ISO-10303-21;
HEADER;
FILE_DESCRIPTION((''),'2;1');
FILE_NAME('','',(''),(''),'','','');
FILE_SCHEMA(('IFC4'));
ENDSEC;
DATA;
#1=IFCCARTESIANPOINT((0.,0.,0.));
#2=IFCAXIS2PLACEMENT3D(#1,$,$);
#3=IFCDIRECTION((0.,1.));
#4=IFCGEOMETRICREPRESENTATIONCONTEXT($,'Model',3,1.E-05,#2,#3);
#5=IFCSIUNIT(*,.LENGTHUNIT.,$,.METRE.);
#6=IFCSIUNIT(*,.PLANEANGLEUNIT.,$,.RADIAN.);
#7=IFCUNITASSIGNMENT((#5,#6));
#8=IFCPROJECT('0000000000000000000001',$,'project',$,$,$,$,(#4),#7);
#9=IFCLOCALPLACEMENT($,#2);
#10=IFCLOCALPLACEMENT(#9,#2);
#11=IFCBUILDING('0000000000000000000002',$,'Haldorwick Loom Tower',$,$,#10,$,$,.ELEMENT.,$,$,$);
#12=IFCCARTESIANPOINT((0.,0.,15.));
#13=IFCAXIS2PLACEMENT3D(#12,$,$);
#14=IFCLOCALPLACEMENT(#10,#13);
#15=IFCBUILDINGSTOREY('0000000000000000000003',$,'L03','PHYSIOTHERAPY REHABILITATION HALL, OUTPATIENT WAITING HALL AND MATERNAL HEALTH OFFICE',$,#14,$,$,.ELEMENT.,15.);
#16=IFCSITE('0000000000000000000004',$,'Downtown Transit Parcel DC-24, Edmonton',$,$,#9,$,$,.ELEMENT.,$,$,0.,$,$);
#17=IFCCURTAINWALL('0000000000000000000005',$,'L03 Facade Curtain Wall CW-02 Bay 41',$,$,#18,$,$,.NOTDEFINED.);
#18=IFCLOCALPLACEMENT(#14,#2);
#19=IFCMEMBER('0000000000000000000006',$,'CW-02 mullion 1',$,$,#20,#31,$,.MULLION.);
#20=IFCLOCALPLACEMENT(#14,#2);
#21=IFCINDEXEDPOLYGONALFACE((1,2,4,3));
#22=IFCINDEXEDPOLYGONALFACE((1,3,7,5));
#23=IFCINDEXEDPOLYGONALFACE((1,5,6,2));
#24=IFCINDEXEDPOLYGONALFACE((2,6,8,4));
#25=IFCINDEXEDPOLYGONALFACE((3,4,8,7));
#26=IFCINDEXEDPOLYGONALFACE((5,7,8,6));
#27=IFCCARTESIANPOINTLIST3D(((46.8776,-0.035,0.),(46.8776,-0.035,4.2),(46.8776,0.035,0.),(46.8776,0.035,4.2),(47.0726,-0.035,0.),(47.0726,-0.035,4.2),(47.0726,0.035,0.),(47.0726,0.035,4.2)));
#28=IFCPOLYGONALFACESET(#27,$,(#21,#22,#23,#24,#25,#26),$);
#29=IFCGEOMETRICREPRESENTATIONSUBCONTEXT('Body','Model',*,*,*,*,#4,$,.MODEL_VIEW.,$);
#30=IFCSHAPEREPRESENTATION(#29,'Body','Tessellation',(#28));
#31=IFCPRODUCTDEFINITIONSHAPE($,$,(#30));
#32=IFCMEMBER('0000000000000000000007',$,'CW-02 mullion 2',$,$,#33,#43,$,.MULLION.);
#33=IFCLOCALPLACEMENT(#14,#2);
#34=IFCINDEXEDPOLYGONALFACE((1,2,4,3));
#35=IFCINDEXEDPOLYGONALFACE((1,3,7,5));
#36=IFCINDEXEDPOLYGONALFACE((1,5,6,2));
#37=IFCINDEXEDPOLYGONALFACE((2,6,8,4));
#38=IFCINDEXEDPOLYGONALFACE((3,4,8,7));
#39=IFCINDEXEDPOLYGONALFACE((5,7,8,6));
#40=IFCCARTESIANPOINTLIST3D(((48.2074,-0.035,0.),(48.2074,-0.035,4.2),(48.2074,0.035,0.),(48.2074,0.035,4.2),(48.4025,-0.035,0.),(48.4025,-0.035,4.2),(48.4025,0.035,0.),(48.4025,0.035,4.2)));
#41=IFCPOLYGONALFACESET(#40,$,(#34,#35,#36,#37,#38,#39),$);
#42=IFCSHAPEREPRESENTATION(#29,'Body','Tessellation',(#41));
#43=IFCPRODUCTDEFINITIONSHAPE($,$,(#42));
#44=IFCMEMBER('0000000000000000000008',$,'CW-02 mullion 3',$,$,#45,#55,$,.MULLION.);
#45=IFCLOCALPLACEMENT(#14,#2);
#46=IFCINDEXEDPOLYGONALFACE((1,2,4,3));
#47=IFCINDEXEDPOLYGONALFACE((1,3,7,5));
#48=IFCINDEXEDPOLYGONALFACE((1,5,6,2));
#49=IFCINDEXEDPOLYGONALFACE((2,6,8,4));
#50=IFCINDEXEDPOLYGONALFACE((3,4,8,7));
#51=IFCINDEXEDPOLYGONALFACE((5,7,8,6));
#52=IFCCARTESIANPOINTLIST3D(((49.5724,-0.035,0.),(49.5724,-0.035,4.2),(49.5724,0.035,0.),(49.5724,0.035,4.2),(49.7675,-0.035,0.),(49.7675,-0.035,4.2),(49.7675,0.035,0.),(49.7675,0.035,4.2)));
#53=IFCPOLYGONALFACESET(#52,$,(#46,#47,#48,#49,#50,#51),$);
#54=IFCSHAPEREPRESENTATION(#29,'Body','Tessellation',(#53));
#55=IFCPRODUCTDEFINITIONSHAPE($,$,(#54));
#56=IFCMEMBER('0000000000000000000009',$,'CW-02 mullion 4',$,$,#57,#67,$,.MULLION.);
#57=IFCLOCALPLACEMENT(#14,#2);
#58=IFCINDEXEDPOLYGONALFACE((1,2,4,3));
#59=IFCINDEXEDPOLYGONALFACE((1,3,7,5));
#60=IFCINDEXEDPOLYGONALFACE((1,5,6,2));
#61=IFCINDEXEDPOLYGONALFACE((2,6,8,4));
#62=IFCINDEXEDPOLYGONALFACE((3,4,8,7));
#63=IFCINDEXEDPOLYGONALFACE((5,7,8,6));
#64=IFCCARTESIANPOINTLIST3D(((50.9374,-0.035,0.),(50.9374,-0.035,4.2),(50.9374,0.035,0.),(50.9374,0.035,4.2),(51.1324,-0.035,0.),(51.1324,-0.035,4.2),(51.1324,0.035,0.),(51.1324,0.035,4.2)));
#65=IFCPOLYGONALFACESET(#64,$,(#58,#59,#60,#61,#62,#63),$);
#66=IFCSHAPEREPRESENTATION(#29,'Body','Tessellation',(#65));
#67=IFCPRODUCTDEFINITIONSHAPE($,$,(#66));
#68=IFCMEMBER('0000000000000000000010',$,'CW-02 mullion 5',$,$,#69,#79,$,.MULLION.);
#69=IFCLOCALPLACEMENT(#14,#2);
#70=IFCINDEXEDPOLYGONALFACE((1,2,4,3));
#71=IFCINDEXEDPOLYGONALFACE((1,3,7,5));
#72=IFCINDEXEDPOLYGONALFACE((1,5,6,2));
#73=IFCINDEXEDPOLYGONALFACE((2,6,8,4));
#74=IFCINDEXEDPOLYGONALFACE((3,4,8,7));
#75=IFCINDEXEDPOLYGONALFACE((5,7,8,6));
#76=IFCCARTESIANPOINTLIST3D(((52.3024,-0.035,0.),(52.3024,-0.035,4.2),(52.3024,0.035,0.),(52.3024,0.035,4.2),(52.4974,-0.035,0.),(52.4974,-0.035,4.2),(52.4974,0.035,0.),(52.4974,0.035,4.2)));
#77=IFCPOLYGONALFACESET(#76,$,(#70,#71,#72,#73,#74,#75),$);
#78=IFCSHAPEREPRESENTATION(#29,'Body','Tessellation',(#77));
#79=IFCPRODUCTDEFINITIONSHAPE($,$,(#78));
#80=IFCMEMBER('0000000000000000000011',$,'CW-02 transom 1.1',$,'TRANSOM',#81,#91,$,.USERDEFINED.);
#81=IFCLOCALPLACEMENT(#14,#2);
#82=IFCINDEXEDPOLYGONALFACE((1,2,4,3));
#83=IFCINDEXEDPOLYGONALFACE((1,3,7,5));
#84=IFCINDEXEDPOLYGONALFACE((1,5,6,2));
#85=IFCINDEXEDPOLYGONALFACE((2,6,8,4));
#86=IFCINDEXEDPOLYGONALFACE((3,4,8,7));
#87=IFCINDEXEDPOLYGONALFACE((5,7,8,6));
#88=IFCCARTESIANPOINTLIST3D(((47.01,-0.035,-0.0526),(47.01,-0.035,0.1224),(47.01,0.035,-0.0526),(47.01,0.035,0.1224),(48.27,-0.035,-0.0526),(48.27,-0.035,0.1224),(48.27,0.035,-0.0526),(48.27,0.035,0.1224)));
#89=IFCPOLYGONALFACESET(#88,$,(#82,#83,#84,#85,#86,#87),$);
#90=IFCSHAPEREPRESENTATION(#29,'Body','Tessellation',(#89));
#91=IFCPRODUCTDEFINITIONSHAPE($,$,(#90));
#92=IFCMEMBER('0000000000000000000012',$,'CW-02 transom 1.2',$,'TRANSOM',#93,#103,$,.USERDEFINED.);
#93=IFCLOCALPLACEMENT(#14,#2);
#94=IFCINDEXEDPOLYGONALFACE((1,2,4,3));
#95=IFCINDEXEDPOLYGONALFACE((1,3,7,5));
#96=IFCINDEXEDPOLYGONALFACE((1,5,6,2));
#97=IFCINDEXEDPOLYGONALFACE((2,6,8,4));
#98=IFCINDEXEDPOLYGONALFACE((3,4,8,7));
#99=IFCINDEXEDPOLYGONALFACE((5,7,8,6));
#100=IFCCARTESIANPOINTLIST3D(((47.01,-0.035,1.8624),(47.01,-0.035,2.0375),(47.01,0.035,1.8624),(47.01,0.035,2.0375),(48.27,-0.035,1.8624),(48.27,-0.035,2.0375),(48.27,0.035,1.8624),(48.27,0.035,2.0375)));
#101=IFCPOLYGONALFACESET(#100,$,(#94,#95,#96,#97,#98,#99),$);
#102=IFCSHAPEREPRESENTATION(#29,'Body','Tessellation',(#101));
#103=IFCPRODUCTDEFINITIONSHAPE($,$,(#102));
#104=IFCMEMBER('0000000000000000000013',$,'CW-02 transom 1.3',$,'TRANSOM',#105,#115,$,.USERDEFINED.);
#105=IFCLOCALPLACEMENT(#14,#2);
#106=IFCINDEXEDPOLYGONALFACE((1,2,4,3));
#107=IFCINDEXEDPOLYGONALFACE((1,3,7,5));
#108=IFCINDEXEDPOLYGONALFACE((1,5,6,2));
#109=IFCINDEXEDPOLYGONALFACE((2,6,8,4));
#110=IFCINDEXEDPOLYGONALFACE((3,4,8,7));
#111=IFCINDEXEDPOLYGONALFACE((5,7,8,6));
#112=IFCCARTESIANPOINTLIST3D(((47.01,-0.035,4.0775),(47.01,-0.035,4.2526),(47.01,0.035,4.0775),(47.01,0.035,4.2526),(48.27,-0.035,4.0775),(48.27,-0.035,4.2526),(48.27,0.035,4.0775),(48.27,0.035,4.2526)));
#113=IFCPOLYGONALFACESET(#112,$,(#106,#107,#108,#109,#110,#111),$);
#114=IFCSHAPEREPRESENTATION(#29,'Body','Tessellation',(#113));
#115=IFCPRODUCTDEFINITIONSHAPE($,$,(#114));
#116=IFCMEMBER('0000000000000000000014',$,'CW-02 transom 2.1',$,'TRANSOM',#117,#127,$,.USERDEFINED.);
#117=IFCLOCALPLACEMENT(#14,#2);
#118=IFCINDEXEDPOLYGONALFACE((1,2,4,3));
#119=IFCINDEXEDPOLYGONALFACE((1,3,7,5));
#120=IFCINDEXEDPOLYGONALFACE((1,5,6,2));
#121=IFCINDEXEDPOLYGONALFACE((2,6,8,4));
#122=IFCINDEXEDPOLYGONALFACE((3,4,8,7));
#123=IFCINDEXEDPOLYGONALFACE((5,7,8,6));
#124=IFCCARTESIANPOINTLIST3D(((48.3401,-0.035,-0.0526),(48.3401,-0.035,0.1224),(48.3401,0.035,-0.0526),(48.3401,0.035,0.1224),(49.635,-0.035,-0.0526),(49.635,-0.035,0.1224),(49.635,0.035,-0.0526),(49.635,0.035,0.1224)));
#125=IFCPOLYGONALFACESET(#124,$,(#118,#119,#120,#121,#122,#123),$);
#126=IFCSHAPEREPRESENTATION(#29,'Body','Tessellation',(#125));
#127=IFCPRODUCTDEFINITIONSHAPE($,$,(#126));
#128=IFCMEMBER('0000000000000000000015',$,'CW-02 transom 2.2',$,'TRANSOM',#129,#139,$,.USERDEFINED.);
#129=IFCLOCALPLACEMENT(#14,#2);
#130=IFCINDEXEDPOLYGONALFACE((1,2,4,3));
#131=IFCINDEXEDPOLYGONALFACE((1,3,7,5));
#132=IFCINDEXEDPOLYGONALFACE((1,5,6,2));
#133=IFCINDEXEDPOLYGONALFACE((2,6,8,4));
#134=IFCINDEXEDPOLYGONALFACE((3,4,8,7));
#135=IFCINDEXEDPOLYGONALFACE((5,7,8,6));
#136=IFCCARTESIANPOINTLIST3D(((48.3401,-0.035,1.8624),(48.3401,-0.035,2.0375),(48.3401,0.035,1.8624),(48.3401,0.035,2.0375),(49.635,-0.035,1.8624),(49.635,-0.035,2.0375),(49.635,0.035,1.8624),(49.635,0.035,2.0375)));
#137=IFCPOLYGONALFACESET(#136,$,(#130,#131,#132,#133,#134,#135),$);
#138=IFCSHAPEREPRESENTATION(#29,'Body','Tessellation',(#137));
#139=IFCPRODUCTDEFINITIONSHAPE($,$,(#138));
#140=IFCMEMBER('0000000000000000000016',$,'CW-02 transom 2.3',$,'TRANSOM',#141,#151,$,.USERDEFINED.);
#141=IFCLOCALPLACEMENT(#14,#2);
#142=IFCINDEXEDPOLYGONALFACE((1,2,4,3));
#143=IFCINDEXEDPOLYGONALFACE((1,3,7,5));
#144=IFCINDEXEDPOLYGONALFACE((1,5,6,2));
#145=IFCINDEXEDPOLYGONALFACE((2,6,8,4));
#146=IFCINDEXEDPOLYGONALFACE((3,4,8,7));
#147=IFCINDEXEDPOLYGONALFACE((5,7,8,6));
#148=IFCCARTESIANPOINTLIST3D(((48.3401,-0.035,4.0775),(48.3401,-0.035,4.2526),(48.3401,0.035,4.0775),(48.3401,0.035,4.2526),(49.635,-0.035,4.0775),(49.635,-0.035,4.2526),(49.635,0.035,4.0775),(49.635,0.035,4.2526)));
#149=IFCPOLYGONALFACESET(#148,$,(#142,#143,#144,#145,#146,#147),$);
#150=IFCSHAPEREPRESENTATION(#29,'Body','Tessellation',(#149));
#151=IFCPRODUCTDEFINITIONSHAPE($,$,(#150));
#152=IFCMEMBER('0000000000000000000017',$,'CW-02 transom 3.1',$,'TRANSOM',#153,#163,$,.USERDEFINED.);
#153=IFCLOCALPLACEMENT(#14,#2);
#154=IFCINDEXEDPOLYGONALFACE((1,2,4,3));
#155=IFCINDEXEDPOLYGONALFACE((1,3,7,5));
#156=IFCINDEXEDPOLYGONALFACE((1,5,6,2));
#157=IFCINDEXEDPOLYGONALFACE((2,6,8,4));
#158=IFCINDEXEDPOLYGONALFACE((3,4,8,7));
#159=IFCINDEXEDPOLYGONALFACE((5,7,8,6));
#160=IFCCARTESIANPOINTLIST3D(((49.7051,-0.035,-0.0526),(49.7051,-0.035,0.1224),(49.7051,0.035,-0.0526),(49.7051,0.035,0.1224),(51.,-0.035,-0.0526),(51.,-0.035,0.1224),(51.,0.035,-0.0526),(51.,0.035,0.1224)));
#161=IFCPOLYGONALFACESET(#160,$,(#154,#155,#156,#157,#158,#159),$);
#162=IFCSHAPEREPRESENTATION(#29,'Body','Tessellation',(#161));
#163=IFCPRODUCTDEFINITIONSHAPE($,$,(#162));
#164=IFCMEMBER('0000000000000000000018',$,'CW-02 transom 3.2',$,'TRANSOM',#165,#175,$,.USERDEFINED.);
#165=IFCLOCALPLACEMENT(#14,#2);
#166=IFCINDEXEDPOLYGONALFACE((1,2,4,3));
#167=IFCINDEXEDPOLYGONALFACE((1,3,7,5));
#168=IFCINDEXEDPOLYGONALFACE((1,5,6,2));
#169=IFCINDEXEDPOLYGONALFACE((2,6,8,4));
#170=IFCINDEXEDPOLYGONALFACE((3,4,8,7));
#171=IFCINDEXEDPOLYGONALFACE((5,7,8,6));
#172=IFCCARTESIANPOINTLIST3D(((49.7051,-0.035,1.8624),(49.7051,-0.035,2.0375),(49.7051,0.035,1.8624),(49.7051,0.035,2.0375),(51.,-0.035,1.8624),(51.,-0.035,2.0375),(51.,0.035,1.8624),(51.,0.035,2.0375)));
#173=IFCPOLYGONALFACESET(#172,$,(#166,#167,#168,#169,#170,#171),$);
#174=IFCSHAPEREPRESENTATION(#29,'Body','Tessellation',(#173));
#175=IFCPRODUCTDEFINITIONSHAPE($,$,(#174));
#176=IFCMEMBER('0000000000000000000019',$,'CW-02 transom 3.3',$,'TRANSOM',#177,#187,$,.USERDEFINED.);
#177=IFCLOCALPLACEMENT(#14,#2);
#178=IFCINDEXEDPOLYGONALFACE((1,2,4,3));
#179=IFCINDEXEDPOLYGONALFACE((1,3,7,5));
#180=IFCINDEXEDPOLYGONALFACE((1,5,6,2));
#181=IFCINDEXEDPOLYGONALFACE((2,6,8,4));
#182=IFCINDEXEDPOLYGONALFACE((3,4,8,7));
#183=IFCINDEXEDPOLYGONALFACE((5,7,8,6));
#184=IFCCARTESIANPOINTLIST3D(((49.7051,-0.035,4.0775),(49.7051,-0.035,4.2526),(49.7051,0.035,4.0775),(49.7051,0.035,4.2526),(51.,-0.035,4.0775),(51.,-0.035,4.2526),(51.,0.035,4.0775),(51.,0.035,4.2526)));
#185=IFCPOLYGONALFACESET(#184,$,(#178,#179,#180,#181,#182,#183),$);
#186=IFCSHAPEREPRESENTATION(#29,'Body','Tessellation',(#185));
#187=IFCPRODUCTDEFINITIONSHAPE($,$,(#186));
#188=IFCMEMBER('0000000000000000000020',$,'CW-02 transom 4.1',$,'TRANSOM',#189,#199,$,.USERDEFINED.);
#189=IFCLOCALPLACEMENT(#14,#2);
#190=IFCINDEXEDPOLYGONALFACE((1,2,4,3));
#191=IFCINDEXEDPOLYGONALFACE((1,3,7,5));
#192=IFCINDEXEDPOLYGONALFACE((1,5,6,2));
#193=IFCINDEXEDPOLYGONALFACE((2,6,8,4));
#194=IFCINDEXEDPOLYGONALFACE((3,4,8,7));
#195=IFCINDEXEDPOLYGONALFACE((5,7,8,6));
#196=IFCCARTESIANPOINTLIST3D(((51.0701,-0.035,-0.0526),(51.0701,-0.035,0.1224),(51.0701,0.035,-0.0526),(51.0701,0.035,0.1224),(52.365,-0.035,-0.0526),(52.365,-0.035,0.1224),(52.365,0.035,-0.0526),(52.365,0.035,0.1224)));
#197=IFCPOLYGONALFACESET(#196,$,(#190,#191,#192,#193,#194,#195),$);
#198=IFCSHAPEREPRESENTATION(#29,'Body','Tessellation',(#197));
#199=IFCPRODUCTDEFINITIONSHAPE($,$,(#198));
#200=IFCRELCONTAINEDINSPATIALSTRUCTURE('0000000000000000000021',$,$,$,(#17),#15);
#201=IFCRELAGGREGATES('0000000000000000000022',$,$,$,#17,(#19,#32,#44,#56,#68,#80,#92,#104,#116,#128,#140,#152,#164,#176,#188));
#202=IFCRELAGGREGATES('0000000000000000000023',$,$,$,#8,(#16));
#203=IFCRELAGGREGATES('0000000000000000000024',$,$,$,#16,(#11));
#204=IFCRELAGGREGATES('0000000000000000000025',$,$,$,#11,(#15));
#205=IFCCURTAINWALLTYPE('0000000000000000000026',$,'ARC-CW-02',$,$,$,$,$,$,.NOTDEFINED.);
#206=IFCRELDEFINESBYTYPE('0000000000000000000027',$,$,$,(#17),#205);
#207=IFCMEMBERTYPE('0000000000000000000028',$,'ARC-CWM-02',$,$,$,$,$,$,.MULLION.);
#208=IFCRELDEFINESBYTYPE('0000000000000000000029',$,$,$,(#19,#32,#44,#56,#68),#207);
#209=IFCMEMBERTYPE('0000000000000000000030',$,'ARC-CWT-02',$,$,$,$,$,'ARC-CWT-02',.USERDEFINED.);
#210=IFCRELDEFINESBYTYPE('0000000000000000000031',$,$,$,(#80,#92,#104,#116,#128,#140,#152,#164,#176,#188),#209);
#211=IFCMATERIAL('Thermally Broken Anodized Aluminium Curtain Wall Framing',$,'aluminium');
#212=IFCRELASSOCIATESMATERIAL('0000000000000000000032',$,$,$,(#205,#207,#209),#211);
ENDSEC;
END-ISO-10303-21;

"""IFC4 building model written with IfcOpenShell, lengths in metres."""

from ifc_helpers import new_model, si_unit, direction, frame, origin, origin_2d, place, context, subcontext, project, spatial, rectangle, extrude, material, material_profile, profile_set, type_object, element, aggregate, save


model = new_model("IFC4")

# Units and contexts
model_context = context("Model", 3, precision=1e-05, world=origin(), true_north=direction((0.0, 1.0)))
body_context = subcontext(model_context, "Body", "Model", "MODEL_VIEW")
ifc_project = project(units=[si_unit("LENGTHUNIT", "METRE"), si_unit("PLANEANGLEUNIT", "RADIAN")], contexts=[model_context])

# Site, building, storey
site_placement = place(None, origin())
site = spatial("IfcSite", under=ifc_project, at=site_placement, Name="Downtown Transit Parcel DC-24, Edmonton", CompositionType="ELEMENT", RefElevation=0.0)
building_placement = place(site_placement, origin())
building = spatial("IfcBuilding", under=site, at=building_placement, Name="Haldorwick Loom Tower", CompositionType="ELEMENT")
storey_placement = place(building_placement, frame((0.0, 0.0, 15.0)))
storey = spatial("IfcBuildingStorey", under=building, at=storey_placement, Name="L03", Description="PHYSIOTHERAPY REHABILITATION HALL, OUTPATIENT WAITING HALL AND MATERNAL HEALTH OFFICE", CompositionType="ELEMENT", Elevation=15.0)

# Curtain wall, members
ifc_material_1 = material(Name="Thermally Broken Anodized Aluminium Curtain Wall Framing", Category="aluminium")
curtain_wall_type = type_object("IfcCurtainWallType", Name="ARC-CW-02", PredefinedType="NOTDEFINED", material=ifc_material_1)
curtain_wall_placement = place(storey_placement, origin())
curtain_wall = element("IfcCurtainWall", 1, at=curtain_wall_placement, inside=storey, type_object=curtain_wall_type, Name="L03 Facade Curtain Wall CW-02 Bay 41", PredefinedType="NOTDEFINED")
ifc_material_profile_1 = material_profile(ifc_material_1, rectangle(XDim=0.0701, YDim=0.1951, at=origin_2d()), Name="ALU_MUL_70X195", Category="aluminium")
ifc_profile_set_1 = profile_set([ifc_material_profile_1], Name="Thermally Broken Anodized Aluminium Curtain Wall Framing")
member_type_1 = type_object("IfcMemberType", Name="ARC-CWM-02", PredefinedType="MULLION", material=ifc_profile_set_1)
member_1_placement = place(storey_placement, frame((46.9751, 0.0, 0.0), z_axis=(0.0, 0.0, 1.0), x_axis=(0.0, 1.0, 0.0)))
member_1 = element("IfcMember", 2, at=member_1_placement, type_object=member_type_1, Name="CW-02 mullion 1", PredefinedType="MULLION", context=body_context, shape_type="SweptSolid", body=[
    extrude(rectangle(XDim=0.0701, YDim=0.1951, at=origin_2d()), origin(), (0.0, 0.0, 1.0), 4.2),
])
member_2_placement = place(storey_placement, frame((48.3049, 0.0, 0.0), z_axis=(0.0, 0.0, 1.0), x_axis=(0.0, 1.0, 0.0)))
member_2 = element("IfcMember", 3, at=member_2_placement, type_object=member_type_1, Name="CW-02 mullion 2", PredefinedType="MULLION", context=body_context, shape_type="SweptSolid", body=[
    extrude(rectangle(XDim=0.0701, YDim=0.1951, at=origin_2d()), origin(), (0.0, 0.0, 1.0), 4.2),
])
member_3_placement = place(storey_placement, frame((49.6699, 0.0, 0.0), z_axis=(0.0, 0.0, 1.0), x_axis=(0.0, 1.0, 0.0)))
member_3 = element("IfcMember", 4, at=member_3_placement, type_object=member_type_1, Name="CW-02 mullion 3", PredefinedType="MULLION", context=body_context, shape_type="SweptSolid", body=[
    extrude(rectangle(XDim=0.0701, YDim=0.1951, at=origin_2d()), origin(), (0.0, 0.0, 1.0), 4.2),
])
member_4_placement = place(storey_placement, frame((51.0349, 0.0, 0.0), z_axis=(0.0, 0.0, 1.0), x_axis=(0.0, 1.0, 0.0)))
member_4 = element("IfcMember", 5, at=member_4_placement, type_object=member_type_1, Name="CW-02 mullion 4", PredefinedType="MULLION", context=body_context, shape_type="SweptSolid", body=[
    extrude(rectangle(XDim=0.0701, YDim=0.1951, at=origin_2d()), origin(), (0.0, 0.0, 1.0), 4.2),
])
member_5_placement = place(storey_placement, frame((52.3999, 0.0, 0.0), z_axis=(0.0, 0.0, 1.0), x_axis=(0.0, 1.0, 0.0)))
member_5 = element("IfcMember", 6, at=member_5_placement, type_object=member_type_1, Name="CW-02 mullion 5", PredefinedType="MULLION", context=body_context, shape_type="SweptSolid", body=[
    extrude(rectangle(XDim=0.0701, YDim=0.1951, at=origin_2d()), origin(), (0.0, 0.0, 1.0), 4.2),
])
ifc_material_profile_2 = material_profile(ifc_material_1, rectangle(XDim=0.0701, YDim=0.175, at=origin_2d()), Name="ALU_TRN_70X175", Category="aluminium")
ifc_profile_set_2 = profile_set([ifc_material_profile_2], Name="Thermally Broken Anodized Aluminium Curtain Wall Framing")
member_type_2 = type_object("IfcMemberType", Name="ARC-CWT-02", ElementType="ARC-CWT-02", PredefinedType="USERDEFINED", material=ifc_profile_set_2)
member_6_placement = place(storey_placement, frame((47.01, 0.0, 0.0349), z_axis=(1.0, 0.0, 0.0), x_axis=(0.0, 1.0, 0.0)))
member_6 = element("IfcMember", 7, at=member_6_placement, type_object=member_type_2, Name="CW-02 transom 1.1", ObjectType="TRANSOM", PredefinedType="USERDEFINED", context=body_context, shape_type="SweptSolid", body=[
    extrude(rectangle(XDim=0.0701, YDim=0.175, at=origin_2d()), origin(), (0.0, 0.0, 1.0), 1.26),
])
member_7_placement = place(storey_placement, frame((47.01, 0.0, 1.95), z_axis=(1.0, 0.0, 0.0), x_axis=(0.0, 1.0, 0.0)))
member_7 = element("IfcMember", 8, at=member_7_placement, type_object=member_type_2, Name="CW-02 transom 1.2", ObjectType="TRANSOM", PredefinedType="USERDEFINED", context=body_context, shape_type="SweptSolid", body=[
    extrude(rectangle(XDim=0.0701, YDim=0.175, at=origin_2d()), origin(), (0.0, 0.0, 1.0), 1.26),
])
member_8_placement = place(storey_placement, frame((47.01, 0.0, 4.165), z_axis=(1.0, 0.0, 0.0), x_axis=(0.0, 1.0, 0.0)))
member_8 = element("IfcMember", 9, at=member_8_placement, type_object=member_type_2, Name="CW-02 transom 1.3", ObjectType="TRANSOM", PredefinedType="USERDEFINED", context=body_context, shape_type="SweptSolid", body=[
    extrude(rectangle(XDim=0.0701, YDim=0.175, at=origin_2d()), origin(), (0.0, 0.0, 1.0), 1.26),
])
member_9_placement = place(storey_placement, frame((48.3401, 0.0, 0.0349), z_axis=(1.0, 0.0, 0.0), x_axis=(0.0, 1.0, 0.0)))
member_9 = element("IfcMember", 10, at=member_9_placement, type_object=member_type_2, Name="CW-02 transom 2.1", ObjectType="TRANSOM", PredefinedType="USERDEFINED", context=body_context, shape_type="SweptSolid", body=[
    extrude(rectangle(XDim=0.0701, YDim=0.175, at=origin_2d()), origin(), (0.0, 0.0, 1.0), 1.2949),
])
member_10_placement = place(storey_placement, frame((48.3401, 0.0, 1.95), z_axis=(1.0, 0.0, 0.0), x_axis=(0.0, 1.0, 0.0)))
member_10 = element("IfcMember", 11, at=member_10_placement, type_object=member_type_2, Name="CW-02 transom 2.2", ObjectType="TRANSOM", PredefinedType="USERDEFINED", context=body_context, shape_type="SweptSolid", body=[
    extrude(rectangle(XDim=0.0701, YDim=0.175, at=origin_2d()), origin(), (0.0, 0.0, 1.0), 1.2949),
])
member_11_placement = place(storey_placement, frame((48.3401, 0.0, 4.165), z_axis=(1.0, 0.0, 0.0), x_axis=(0.0, 1.0, 0.0)))
member_11 = element("IfcMember", 12, at=member_11_placement, type_object=member_type_2, Name="CW-02 transom 2.3", ObjectType="TRANSOM", PredefinedType="USERDEFINED", context=body_context, shape_type="SweptSolid", body=[
    extrude(rectangle(XDim=0.0701, YDim=0.175, at=origin_2d()), origin(), (0.0, 0.0, 1.0), 1.2949),
])
member_12_placement = place(storey_placement, frame((49.7051, 0.0, 0.0349), z_axis=(1.0, 0.0, 0.0), x_axis=(0.0, 1.0, 0.0)))
member_12 = element("IfcMember", 13, at=member_12_placement, type_object=member_type_2, Name="CW-02 transom 3.1", ObjectType="TRANSOM", PredefinedType="USERDEFINED", context=body_context, shape_type="SweptSolid", body=[
    extrude(rectangle(XDim=0.0701, YDim=0.175, at=origin_2d()), origin(), (0.0, 0.0, 1.0), 1.2949),
])
member_13_placement = place(storey_placement, frame((49.7051, 0.0, 1.95), z_axis=(1.0, 0.0, 0.0), x_axis=(0.0, 1.0, 0.0)))
member_13 = element("IfcMember", 14, at=member_13_placement, type_object=member_type_2, Name="CW-02 transom 3.2", ObjectType="TRANSOM", PredefinedType="USERDEFINED", context=body_context, shape_type="SweptSolid", body=[
    extrude(rectangle(XDim=0.0701, YDim=0.175, at=origin_2d()), origin(), (0.0, 0.0, 1.0), 1.2949),
])
member_14_placement = place(storey_placement, frame((49.7051, 0.0, 4.165), z_axis=(1.0, 0.0, 0.0), x_axis=(0.0, 1.0, 0.0)))
member_14 = element("IfcMember", 15, at=member_14_placement, type_object=member_type_2, Name="CW-02 transom 3.3", ObjectType="TRANSOM", PredefinedType="USERDEFINED", context=body_context, shape_type="SweptSolid", body=[
    extrude(rectangle(XDim=0.0701, YDim=0.175, at=origin_2d()), origin(), (0.0, 0.0, 1.0), 1.2949),
])
member_15_placement = place(storey_placement, frame((51.0701, 0.0, 0.0349), z_axis=(1.0, 0.0, 0.0), x_axis=(0.0, 1.0, 0.0)))
member_15 = element("IfcMember", 16, at=member_15_placement, type_object=member_type_2, Name="CW-02 transom 4.1", ObjectType="TRANSOM", PredefinedType="USERDEFINED", context=body_context, shape_type="SweptSolid", body=[
    extrude(rectangle(XDim=0.0701, YDim=0.175, at=origin_2d()), origin(), (0.0, 0.0, 1.0), 1.2949),
])
aggregate(curtain_wall, [member_1, member_2, member_3, member_4, member_5, member_6, member_7, member_8, member_9, member_10, member_11, member_12, member_13, member_14, member_15])

save(model, "model.ifc")
